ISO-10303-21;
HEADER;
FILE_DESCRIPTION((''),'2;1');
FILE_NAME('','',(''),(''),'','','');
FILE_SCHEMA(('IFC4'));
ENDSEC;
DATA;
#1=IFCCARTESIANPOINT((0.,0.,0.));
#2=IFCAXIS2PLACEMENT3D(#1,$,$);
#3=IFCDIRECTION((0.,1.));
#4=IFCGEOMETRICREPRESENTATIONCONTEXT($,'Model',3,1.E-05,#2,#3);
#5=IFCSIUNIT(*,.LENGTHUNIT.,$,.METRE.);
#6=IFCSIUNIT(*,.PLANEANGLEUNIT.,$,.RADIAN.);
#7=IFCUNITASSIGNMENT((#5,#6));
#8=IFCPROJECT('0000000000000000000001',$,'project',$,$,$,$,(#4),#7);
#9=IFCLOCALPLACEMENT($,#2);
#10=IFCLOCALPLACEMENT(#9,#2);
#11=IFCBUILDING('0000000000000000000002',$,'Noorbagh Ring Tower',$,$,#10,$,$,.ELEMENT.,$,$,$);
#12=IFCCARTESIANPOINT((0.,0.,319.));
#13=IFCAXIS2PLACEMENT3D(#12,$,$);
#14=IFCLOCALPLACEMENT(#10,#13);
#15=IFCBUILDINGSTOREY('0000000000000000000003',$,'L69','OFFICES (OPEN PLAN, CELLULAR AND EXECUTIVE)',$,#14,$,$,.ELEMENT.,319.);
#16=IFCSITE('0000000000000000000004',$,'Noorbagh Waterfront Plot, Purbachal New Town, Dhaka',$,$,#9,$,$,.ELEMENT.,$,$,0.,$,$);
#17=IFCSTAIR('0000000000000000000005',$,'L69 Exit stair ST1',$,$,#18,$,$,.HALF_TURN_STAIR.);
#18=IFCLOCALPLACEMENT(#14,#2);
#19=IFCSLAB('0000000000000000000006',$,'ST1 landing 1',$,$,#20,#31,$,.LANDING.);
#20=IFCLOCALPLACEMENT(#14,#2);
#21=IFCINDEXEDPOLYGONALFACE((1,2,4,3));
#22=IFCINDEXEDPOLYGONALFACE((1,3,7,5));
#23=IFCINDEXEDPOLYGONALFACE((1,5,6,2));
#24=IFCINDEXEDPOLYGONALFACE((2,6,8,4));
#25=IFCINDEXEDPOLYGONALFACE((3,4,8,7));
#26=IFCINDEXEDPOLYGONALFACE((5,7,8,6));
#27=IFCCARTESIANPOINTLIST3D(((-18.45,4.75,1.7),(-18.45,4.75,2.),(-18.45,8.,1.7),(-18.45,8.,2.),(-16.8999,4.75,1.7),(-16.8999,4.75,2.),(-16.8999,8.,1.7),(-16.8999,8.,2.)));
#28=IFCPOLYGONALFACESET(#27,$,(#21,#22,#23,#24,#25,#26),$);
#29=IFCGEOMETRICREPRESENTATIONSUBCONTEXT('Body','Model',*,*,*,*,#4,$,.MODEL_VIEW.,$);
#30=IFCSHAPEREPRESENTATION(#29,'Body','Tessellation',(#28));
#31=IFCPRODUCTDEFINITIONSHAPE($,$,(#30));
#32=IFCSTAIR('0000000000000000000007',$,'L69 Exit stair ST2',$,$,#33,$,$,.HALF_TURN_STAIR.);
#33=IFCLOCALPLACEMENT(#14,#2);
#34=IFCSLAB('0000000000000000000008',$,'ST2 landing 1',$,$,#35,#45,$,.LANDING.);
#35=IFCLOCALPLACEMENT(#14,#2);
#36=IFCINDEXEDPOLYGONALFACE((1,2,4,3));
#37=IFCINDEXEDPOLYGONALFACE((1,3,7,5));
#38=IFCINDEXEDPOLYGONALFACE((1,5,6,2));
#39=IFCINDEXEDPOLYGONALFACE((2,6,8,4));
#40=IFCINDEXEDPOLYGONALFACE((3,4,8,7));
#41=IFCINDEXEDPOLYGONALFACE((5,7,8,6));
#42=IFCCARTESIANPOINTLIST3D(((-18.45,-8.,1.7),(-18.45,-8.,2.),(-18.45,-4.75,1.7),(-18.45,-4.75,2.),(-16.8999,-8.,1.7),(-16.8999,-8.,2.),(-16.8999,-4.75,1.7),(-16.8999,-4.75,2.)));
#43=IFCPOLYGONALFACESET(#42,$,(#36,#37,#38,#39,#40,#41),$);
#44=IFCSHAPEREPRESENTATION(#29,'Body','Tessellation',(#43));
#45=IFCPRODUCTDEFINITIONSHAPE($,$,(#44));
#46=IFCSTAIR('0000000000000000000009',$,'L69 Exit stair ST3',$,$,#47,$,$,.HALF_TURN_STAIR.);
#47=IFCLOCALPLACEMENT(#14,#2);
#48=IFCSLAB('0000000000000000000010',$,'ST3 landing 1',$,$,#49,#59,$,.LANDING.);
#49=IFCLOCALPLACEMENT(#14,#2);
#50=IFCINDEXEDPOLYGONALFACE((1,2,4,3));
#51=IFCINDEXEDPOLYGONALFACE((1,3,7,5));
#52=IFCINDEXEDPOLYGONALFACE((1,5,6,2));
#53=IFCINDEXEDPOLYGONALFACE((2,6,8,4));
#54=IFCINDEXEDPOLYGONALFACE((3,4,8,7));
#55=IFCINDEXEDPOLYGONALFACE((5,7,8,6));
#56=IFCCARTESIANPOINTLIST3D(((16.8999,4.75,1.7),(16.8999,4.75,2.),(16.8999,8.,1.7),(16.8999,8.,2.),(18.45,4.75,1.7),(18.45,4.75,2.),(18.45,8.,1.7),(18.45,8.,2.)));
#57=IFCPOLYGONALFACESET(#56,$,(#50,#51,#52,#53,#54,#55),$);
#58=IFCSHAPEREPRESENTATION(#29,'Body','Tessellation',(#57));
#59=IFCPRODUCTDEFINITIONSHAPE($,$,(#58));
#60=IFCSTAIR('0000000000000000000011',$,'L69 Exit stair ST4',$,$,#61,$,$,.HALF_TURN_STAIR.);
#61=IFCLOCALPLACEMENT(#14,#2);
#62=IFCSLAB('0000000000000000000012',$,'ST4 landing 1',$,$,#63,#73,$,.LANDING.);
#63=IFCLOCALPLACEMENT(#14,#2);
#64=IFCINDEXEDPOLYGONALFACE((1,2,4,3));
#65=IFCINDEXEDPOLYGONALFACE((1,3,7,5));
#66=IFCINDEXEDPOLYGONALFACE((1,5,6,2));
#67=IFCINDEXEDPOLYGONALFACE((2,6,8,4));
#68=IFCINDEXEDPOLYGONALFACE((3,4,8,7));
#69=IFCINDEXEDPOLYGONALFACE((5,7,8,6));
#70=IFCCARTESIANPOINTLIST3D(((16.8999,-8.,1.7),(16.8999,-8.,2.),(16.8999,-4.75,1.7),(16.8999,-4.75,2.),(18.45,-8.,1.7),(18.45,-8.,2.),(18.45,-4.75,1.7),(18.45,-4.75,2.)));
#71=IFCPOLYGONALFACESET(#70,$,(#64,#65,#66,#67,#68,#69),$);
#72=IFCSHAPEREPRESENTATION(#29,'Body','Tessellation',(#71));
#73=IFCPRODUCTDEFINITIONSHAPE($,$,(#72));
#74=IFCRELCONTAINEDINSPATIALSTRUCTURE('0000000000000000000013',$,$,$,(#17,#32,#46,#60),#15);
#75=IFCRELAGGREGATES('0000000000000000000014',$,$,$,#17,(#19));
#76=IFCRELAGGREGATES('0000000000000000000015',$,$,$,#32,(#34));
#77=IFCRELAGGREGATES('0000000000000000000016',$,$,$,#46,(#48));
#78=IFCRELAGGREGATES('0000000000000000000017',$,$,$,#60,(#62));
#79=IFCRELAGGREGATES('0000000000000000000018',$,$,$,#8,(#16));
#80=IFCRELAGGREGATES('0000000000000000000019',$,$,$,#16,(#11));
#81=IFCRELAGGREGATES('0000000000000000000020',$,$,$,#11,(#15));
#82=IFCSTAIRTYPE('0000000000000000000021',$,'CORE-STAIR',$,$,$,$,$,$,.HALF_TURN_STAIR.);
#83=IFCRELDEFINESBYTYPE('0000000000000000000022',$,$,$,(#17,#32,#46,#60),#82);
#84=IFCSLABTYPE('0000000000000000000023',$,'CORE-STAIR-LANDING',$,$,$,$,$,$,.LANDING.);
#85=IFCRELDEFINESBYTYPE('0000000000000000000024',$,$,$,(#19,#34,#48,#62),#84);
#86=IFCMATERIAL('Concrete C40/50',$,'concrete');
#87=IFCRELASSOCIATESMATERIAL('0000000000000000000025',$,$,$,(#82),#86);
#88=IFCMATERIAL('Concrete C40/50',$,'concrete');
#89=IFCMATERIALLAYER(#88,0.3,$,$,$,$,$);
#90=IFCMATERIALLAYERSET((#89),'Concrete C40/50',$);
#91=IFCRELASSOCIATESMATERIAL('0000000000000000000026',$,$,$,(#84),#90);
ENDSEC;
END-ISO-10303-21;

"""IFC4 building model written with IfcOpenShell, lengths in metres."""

from ifc_helpers import new_model, si_unit, direction, frame, origin, place, context, subcontext, project, spatial, polyline, outline, extrude, material, layer, layer_set, type_object, element, aggregate, save


model = new_model("IFC4")

# Units and contexts
model_context = context("Model", 3, precision=1e-05, world=origin(), true_north=direction((0.0, 1.0)))
body_context = subcontext(model_context, "Body", "Model", "MODEL_VIEW")
ifc_project = project(units=[si_unit("LENGTHUNIT", "METRE"), si_unit("PLANEANGLEUNIT", "RADIAN")], contexts=[model_context])

# Site, building, storey
site_placement = place(None, origin())
building_placement = place(site_placement, origin())
storey_placement = place(building_placement, frame((0.0, 0.0, 319.0)))
site = spatial("IfcSite", under=ifc_project, at=site_placement, Name="Noorbagh Waterfront Plot, Purbachal New Town, Dhaka", CompositionType="ELEMENT", RefElevation=0.0)
building = spatial("IfcBuilding", under=site, at=building_placement, Name="Noorbagh Ring Tower", CompositionType="ELEMENT")
storey = spatial("IfcBuildingStorey", under=building, at=storey_placement, Name="L69", Description="OFFICES (OPEN PLAN, CELLULAR AND EXECUTIVE)", CompositionType="ELEMENT", Elevation=319.0)

# Stairs, slabs
ifc_material_1 = material(Name="Concrete C40/50", Category="concrete")
stair_type = type_object("IfcStairType", Name="CORE-STAIR", PredefinedType="HALF_TURN_STAIR", material=ifc_material_1)
stair_1_placement = place(storey_placement, origin())
stair_1 = element("IfcStair", 1, at=stair_1_placement, inside=storey, type_object=stair_type, Name="L69 Exit stair ST1", PredefinedType="HALF_TURN_STAIR")
ifc_material_2 = material(Name="Concrete C40/50", Category="concrete")
ifc_layer_1 = layer(ifc_material_2, 0.3)
ifc_layer_set_1 = layer_set([ifc_layer_1], Name="Concrete C40/50")
slab_type = type_object("IfcSlabType", Name="CORE-STAIR-LANDING", PredefinedType="LANDING", material=ifc_layer_set_1)
slab_1_placement = place(storey_placement, frame((0.0, 0.0, 1.7)))
slab_1 = element("IfcSlab", 2, at=slab_1_placement, type_object=slab_type, Name="ST1 landing 1", PredefinedType="LANDING", context=body_context, shape_type="SweptSolid", body=[
    extrude(outline(polyline([(-18.45, 4.75), (-16.8999, 4.75), (-16.8999, 8.0), (-18.45, 8.0), (-18.45, 4.75)])), origin(), (0.0, 0.0, 1.0), 0.3),
])
aggregate(stair_1, [slab_1])
stair_2_placement = place(storey_placement, origin())
stair_2 = element("IfcStair", 3, at=stair_2_placement, inside=storey, type_object=stair_type, Name="L69 Exit stair ST2", PredefinedType="HALF_TURN_STAIR")
slab_2_placement = place(storey_placement, frame((0.0, 0.0, 1.7)))
slab_2 = element("IfcSlab", 4, at=slab_2_placement, type_object=slab_type, Name="ST2 landing 1", PredefinedType="LANDING", context=body_context, shape_type="SweptSolid", body=[
    extrude(outline(polyline([(-18.45, -8.0), (-16.8999, -8.0), (-16.8999, -4.75), (-18.45, -4.75), (-18.45, -8.0)])), origin(), (0.0, 0.0, 1.0), 0.3),
])
aggregate(stair_2, [slab_2])
stair_3_placement = place(storey_placement, origin())
stair_3 = element("IfcStair", 5, at=stair_3_placement, inside=storey, type_object=stair_type, Name="L69 Exit stair ST3", PredefinedType="HALF_TURN_STAIR")
slab_3_placement = place(storey_placement, frame((0.0, 0.0, 1.7)))
slab_3 = element("IfcSlab", 6, at=slab_3_placement, type_object=slab_type, Name="ST3 landing 1", PredefinedType="LANDING", context=body_context, shape_type="SweptSolid", body=[
    extrude(outline(polyline([(18.45, 8.0), (16.8999, 8.0), (16.8999, 4.75), (18.45, 4.75), (18.45, 8.0)])), origin(), (0.0, 0.0, 1.0), 0.3),
])
aggregate(stair_3, [slab_3])
stair_4_placement = place(storey_placement, origin())
stair_4 = element("IfcStair", 7, at=stair_4_placement, inside=storey, type_object=stair_type, Name="L69 Exit stair ST4", PredefinedType="HALF_TURN_STAIR")
slab_4_placement = place(storey_placement, frame((0.0, 0.0, 1.7)))
slab_4 = element("IfcSlab", 8, at=slab_4_placement, type_object=slab_type, Name="ST4 landing 1", PredefinedType="LANDING", context=body_context, shape_type="SweptSolid", body=[
    extrude(outline(polyline([(18.45, -4.75), (16.8999, -4.75), (16.8999, -8.0), (18.45, -8.0), (18.45, -4.75)])), origin(), (0.0, 0.0, 1.0), 0.3),
])
aggregate(stair_4, [slab_4])

save(model, "model.ifc")
